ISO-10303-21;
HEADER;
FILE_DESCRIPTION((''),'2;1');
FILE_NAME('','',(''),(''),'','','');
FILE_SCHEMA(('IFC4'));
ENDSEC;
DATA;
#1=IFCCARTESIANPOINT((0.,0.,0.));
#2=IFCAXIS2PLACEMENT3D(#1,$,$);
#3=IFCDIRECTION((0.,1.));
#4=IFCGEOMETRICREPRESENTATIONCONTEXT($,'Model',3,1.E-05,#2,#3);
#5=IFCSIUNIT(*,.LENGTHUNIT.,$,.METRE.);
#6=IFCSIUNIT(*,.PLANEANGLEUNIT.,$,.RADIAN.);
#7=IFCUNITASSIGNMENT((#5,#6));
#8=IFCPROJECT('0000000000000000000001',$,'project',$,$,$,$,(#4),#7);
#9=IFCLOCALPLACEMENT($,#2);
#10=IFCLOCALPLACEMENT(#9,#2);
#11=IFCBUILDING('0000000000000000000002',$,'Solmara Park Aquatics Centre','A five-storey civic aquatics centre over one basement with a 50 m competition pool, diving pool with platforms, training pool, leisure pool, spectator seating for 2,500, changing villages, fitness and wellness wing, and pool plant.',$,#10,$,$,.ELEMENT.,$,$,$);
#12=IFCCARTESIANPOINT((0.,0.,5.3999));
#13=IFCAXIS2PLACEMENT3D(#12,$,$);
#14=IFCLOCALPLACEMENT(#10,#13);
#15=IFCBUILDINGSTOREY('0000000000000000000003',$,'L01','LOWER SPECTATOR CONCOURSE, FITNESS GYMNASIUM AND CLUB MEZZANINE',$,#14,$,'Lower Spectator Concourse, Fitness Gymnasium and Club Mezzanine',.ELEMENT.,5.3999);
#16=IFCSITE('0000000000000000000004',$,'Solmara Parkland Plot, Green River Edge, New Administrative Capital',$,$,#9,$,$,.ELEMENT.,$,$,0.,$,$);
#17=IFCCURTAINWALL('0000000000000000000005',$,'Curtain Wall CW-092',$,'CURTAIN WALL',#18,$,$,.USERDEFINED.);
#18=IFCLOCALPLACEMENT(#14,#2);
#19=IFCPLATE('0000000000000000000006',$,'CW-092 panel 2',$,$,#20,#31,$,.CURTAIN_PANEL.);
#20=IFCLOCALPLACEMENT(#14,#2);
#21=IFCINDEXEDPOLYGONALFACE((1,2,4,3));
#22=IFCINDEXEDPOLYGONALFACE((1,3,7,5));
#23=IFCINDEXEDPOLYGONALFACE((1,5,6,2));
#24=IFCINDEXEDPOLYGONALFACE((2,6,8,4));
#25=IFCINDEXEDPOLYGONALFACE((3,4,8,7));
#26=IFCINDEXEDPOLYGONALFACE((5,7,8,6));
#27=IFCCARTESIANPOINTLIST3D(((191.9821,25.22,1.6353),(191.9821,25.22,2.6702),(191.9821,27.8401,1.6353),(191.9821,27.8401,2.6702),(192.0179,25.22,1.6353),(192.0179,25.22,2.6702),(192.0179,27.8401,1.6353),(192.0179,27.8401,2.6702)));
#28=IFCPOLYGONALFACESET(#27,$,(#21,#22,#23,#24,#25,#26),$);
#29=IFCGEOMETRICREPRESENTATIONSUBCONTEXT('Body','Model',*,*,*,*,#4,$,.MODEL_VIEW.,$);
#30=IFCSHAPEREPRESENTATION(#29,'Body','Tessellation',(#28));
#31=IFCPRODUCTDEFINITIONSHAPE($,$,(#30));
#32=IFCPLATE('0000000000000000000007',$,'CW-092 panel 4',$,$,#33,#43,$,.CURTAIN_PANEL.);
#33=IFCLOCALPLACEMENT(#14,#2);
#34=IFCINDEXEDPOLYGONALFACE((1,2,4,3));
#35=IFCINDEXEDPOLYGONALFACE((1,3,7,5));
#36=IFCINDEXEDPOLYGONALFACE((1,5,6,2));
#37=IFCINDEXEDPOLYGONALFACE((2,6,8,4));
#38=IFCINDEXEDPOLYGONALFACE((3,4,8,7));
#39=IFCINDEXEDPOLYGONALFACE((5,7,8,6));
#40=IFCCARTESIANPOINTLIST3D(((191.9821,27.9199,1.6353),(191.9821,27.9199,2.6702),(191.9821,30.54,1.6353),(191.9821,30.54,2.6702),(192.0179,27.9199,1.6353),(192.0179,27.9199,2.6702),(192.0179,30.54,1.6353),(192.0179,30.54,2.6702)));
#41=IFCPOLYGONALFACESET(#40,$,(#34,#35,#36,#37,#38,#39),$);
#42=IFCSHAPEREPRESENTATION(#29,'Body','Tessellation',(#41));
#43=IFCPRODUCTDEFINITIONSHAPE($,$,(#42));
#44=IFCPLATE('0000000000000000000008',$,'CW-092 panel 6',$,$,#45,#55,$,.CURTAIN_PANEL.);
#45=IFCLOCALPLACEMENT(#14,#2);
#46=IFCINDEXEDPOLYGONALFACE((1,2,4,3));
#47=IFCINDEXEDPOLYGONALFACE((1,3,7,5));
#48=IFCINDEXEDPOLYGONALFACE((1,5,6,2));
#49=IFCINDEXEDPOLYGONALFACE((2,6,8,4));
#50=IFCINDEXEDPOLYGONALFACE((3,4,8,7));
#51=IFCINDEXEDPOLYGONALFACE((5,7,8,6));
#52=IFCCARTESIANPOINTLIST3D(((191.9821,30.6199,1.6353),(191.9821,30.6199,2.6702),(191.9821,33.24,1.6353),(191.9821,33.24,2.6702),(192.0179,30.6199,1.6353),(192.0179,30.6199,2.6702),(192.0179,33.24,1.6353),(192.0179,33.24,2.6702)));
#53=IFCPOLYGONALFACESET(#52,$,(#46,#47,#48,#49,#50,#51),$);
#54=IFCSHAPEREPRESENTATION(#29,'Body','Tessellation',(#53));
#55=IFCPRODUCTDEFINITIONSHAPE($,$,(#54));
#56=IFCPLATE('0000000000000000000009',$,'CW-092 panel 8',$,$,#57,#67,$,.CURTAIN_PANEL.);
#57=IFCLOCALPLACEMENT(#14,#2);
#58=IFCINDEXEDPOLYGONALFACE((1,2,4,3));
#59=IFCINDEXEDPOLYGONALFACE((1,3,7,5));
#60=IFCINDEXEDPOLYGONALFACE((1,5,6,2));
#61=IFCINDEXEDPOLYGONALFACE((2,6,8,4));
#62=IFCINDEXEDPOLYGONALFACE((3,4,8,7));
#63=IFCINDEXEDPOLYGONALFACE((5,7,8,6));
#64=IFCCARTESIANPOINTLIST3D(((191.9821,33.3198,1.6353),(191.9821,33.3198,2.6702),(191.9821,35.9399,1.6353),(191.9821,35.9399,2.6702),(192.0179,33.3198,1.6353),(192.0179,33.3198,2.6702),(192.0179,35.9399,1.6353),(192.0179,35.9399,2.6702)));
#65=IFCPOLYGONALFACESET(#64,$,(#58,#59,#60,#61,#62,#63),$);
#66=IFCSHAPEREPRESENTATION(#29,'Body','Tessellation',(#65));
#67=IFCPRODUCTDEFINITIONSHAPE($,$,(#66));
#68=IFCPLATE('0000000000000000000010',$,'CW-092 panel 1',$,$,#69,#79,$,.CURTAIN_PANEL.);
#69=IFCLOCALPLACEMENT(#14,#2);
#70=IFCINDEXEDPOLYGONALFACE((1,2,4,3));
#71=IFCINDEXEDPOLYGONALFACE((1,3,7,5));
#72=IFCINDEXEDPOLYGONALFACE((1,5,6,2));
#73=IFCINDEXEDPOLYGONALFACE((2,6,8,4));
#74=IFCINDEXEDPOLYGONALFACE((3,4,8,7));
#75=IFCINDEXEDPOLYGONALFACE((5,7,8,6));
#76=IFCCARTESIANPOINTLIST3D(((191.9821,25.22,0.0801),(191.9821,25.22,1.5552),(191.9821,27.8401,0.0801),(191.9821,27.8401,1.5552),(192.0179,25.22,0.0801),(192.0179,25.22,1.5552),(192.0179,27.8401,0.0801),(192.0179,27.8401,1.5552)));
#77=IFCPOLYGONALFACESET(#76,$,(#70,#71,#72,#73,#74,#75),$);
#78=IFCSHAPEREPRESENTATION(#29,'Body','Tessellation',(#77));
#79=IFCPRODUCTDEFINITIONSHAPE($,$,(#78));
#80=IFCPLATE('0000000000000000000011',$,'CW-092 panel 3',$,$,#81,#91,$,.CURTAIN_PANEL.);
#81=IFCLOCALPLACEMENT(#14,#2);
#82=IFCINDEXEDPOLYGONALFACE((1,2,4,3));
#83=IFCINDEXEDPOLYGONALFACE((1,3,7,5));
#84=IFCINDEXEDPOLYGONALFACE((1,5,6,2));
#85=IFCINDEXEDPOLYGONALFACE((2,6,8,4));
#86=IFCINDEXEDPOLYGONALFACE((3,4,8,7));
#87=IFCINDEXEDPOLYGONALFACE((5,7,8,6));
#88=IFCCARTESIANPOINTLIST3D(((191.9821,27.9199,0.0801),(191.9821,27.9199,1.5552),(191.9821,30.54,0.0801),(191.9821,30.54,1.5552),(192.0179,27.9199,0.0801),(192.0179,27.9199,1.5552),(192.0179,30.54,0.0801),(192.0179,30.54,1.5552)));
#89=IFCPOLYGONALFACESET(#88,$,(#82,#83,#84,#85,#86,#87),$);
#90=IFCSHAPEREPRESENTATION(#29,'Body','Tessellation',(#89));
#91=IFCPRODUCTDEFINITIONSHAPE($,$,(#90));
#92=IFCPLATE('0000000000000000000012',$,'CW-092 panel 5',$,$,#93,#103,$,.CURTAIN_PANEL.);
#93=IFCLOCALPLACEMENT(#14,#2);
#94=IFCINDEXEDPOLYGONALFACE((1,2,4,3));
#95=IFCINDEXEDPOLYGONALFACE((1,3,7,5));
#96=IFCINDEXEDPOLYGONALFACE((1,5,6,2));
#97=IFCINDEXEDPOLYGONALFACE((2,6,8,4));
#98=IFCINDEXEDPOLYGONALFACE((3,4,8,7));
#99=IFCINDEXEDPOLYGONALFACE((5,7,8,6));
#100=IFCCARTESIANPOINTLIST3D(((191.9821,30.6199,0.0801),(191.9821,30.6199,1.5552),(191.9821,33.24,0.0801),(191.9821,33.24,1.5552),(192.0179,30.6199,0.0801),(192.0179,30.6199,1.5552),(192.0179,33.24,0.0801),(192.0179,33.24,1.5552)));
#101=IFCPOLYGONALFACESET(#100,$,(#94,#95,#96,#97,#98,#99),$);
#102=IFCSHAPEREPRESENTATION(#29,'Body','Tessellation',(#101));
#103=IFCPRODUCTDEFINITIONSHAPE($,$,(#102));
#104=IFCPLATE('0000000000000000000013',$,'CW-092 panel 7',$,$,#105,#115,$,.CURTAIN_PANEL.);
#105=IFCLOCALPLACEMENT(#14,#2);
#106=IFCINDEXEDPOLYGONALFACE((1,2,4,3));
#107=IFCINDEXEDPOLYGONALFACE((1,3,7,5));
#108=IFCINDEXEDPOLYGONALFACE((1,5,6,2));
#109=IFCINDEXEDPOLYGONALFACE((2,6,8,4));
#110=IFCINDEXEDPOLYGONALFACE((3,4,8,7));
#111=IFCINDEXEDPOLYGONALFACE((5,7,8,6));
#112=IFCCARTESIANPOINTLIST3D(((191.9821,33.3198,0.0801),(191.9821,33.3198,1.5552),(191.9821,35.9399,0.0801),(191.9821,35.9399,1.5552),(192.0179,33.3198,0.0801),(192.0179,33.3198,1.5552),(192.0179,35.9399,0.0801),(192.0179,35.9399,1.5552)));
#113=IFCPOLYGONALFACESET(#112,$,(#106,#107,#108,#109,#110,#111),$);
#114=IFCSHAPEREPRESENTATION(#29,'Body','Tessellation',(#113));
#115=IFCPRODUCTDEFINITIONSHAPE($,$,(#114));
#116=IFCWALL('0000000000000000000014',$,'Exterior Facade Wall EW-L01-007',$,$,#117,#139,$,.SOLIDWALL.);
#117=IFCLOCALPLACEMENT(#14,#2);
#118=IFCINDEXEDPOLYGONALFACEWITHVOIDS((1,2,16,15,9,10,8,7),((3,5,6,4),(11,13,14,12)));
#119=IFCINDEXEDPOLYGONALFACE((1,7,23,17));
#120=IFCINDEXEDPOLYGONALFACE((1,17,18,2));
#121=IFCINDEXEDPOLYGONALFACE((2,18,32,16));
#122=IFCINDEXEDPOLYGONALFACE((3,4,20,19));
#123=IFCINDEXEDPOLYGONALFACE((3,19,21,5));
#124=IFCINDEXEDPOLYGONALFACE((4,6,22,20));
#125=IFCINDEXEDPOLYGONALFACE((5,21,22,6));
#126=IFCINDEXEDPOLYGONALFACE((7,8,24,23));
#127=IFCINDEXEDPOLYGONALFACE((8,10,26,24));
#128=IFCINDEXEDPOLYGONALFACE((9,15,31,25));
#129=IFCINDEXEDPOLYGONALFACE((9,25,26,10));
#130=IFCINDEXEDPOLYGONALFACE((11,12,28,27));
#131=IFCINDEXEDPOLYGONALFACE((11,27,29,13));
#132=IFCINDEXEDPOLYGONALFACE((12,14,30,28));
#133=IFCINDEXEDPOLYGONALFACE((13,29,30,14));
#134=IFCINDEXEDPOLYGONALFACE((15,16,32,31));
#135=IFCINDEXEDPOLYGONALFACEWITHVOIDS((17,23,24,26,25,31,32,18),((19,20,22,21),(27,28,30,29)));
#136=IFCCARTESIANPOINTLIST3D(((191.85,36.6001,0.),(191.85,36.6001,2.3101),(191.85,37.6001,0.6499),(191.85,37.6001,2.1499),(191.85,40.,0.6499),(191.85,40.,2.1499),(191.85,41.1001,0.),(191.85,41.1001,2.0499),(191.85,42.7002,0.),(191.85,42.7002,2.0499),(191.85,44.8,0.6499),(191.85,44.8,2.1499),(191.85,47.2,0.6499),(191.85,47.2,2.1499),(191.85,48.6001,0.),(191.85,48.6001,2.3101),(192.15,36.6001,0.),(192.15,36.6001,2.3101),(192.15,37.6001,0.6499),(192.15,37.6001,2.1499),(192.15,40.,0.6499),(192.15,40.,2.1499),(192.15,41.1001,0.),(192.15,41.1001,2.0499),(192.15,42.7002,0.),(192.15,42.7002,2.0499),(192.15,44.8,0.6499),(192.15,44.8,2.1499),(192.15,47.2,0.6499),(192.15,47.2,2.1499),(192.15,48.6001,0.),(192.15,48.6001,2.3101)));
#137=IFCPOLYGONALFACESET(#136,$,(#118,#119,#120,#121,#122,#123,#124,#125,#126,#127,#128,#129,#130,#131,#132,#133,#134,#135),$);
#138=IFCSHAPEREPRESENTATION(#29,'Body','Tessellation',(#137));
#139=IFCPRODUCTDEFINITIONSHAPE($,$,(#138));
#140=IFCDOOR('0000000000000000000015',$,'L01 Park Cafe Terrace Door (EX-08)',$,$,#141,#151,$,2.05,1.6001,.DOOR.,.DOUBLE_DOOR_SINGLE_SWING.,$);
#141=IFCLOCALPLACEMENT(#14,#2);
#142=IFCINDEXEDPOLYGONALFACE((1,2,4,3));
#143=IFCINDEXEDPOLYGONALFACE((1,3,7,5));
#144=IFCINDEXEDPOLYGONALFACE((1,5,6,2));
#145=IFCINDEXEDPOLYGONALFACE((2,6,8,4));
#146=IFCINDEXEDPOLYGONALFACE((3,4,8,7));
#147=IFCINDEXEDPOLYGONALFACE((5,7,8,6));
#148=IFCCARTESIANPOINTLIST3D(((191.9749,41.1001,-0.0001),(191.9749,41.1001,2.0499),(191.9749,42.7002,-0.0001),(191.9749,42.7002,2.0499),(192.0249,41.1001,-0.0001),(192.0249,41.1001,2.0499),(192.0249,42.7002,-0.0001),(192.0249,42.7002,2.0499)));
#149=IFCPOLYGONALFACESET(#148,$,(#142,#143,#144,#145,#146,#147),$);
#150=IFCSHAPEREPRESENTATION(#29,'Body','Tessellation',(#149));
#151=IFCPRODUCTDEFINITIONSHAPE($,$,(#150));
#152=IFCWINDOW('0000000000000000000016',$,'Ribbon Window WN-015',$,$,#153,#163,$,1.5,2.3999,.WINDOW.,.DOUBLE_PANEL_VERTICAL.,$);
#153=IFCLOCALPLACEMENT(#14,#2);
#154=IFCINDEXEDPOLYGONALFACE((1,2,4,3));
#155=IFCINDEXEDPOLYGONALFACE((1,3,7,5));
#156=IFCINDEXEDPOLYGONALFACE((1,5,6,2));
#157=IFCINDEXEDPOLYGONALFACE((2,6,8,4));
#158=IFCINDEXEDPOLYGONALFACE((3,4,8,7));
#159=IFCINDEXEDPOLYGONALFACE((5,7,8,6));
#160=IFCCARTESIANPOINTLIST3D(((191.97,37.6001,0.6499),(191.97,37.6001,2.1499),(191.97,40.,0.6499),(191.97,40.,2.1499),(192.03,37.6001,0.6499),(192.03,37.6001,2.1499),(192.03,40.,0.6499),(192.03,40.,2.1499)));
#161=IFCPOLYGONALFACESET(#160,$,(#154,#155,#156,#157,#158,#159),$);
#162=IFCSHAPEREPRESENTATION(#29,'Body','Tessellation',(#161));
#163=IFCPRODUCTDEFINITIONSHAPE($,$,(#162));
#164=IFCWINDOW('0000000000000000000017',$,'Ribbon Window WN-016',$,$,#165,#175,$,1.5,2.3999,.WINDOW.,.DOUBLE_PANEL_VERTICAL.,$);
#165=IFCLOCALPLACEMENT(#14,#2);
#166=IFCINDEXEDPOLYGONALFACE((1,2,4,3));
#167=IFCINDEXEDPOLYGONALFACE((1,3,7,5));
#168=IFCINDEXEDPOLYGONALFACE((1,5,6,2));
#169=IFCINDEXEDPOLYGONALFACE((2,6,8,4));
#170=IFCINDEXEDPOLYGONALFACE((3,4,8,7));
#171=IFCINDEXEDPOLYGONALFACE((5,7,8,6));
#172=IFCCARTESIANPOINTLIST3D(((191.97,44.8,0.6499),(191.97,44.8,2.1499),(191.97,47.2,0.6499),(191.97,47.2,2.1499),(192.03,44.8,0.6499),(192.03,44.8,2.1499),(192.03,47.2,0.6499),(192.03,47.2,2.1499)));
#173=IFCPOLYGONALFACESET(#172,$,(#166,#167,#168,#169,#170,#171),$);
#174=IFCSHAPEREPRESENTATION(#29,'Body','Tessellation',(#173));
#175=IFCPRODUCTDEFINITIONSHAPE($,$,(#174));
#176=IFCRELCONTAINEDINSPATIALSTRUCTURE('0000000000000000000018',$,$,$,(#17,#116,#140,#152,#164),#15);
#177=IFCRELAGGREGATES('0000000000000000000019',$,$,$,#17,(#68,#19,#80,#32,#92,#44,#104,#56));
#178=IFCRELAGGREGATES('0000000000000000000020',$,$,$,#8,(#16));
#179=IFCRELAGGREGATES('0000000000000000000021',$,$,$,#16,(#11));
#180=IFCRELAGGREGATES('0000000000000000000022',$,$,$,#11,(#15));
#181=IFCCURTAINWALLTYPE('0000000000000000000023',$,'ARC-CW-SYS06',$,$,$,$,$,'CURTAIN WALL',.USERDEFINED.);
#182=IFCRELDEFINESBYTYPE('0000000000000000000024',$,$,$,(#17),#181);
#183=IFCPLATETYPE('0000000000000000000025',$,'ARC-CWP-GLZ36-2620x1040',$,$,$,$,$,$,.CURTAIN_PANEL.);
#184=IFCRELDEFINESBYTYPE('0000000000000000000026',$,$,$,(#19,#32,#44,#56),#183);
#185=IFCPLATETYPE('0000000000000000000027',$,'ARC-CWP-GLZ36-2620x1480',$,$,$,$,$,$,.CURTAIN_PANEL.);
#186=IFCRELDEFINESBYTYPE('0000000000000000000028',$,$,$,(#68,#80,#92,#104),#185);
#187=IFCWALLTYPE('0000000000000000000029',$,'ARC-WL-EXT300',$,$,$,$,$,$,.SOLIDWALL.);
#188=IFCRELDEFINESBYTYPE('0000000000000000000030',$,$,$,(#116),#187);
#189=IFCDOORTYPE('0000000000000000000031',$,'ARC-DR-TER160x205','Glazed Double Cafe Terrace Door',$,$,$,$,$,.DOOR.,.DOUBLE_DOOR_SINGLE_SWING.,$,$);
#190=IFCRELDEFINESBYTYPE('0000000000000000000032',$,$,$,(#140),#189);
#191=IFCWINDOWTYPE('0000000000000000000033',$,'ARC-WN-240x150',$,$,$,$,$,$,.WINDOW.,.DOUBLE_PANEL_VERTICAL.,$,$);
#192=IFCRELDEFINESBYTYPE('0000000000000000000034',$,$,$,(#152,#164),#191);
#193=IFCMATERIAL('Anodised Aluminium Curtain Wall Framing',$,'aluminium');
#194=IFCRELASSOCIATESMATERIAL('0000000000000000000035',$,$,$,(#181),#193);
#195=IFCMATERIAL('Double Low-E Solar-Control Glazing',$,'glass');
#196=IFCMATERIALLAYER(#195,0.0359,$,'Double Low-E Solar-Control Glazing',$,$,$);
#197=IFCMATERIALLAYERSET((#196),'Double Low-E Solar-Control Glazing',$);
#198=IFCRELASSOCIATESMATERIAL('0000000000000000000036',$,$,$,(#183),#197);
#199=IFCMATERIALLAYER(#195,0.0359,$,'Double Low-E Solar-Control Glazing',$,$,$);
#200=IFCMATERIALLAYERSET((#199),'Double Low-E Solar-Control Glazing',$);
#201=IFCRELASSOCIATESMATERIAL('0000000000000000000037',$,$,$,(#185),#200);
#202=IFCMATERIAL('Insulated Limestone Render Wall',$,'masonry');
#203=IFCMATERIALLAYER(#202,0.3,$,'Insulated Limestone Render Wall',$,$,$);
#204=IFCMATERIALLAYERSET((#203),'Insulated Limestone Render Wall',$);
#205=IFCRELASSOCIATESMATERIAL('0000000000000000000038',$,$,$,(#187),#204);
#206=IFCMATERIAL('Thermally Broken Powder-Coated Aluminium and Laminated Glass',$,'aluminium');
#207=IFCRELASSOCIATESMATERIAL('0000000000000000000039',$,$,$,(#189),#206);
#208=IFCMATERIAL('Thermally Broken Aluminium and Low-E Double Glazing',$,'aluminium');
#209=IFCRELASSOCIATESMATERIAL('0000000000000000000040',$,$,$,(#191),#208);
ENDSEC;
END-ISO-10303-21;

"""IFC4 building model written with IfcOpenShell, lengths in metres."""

from ifc_helpers import new_model, si_unit, direction, frame, frame_2d, origin, origin_2d, place, context, subcontext, project, spatial, rectangle, extrude, material, layer, layer_set, type_object, element, fill, aggregate, save


model = new_model("IFC4")

# Units and contexts
model_context = context("Model", 3, precision=1e-05, world=origin(), true_north=direction((0.0, 1.0)))
body_context = subcontext(model_context, "Body", "Model", "MODEL_VIEW")
ifc_project = project(units=[si_unit("LENGTHUNIT", "METRE"), si_unit("PLANEANGLEUNIT", "RADIAN")], contexts=[model_context])

# Site, building, storey
site_placement = place(None, origin())
site = spatial("IfcSite", under=ifc_project, at=site_placement, Name="Solmara Parkland Plot, Green River Edge, New Administrative Capital", CompositionType="ELEMENT", RefElevation=0.0)
building_placement = place(site_placement, origin())
building = spatial("IfcBuilding", under=site, at=building_placement, Name="Solmara Park Aquatics Centre", Description="A five-storey civic aquatics centre over one basement with a 50 m competition pool, diving pool with platforms, training pool, leisure pool, spectator seating for 2,500, changing villages, fitness and wellness wing, and pool plant.", CompositionType="ELEMENT")
storey_placement = place(building_placement, frame((0.0, 0.0, 5.3999)))
storey = spatial("IfcBuildingStorey", under=building, at=storey_placement, Name="L01", Description="LOWER SPECTATOR CONCOURSE, FITNESS GYMNASIUM AND CLUB MEZZANINE", LongName="Lower Spectator Concourse, Fitness Gymnasium and Club Mezzanine", CompositionType="ELEMENT", Elevation=5.3999)

# Curtain wall
ifc_material_1 = material(Name="Anodised Aluminium Curtain Wall Framing", Category="aluminium")
curtain_wall_type = type_object("IfcCurtainWallType", Name="ARC-CW-SYS06", ElementType="CURTAIN WALL", PredefinedType="USERDEFINED", material=ifc_material_1)
curtain_wall_placement = place(storey_placement, origin())
curtain_wall = element("IfcCurtainWall", 1, at=curtain_wall_placement, inside=storey, type_object=curtain_wall_type, Name="Curtain Wall CW-092", ObjectType="CURTAIN WALL", PredefinedType="USERDEFINED")

# Plates
ifc_material_2 = material(Name="Double Low-E Solar-Control Glazing", Category="glass")
ifc_layer_1 = layer(ifc_material_2, 0.0359, Name="Double Low-E Solar-Control Glazing")
ifc_layer_set_1 = layer_set([ifc_layer_1], Name="Double Low-E Solar-Control Glazing")
plate_type_1 = type_object("IfcPlateType", Name="ARC-CWP-GLZ36-2620x1040", PredefinedType="CURTAIN_PANEL", material=ifc_layer_set_1)
plate_1_placement = place(storey_placement, frame((192.0, 26.53, 1.6353), z_axis=(0.0, 0.0, 1.0), x_axis=(0.0, 1.0, 0.0)))
plate_1 = element("IfcPlate", 2, at=plate_1_placement, type_object=plate_type_1, Name="CW-092 panel 2", PredefinedType="CURTAIN_PANEL", context=body_context, shape_type="SweptSolid", body=[
    extrude(rectangle(XDim=2.6201, YDim=0.0359, at=origin_2d()), origin(), (0.0, 0.0, 1.0), 1.0349),
])
plate_2_placement = place(storey_placement, frame((192.0, 29.23, 1.6353), z_axis=(0.0, 0.0, 1.0), x_axis=(0.0, 1.0, 0.0)))
plate_2 = element("IfcPlate", 3, at=plate_2_placement, type_object=plate_type_1, Name="CW-092 panel 4", PredefinedType="CURTAIN_PANEL", context=body_context, shape_type="SweptSolid", body=[
    extrude(rectangle(XDim=2.6201, YDim=0.0359, at=origin_2d()), origin(), (0.0, 0.0, 1.0), 1.0349),
])
plate_3_placement = place(storey_placement, frame((192.0, 31.9299, 1.6353), z_axis=(0.0, 0.0, 1.0), x_axis=(0.0, 1.0, 0.0)))
plate_3 = element("IfcPlate", 4, at=plate_3_placement, type_object=plate_type_1, Name="CW-092 panel 6", PredefinedType="CURTAIN_PANEL", context=body_context, shape_type="SweptSolid", body=[
    extrude(rectangle(XDim=2.6201, YDim=0.0359, at=origin_2d()), origin(), (0.0, 0.0, 1.0), 1.0349),
])
plate_4_placement = place(storey_placement, frame((192.0, 34.6299, 1.6353), z_axis=(0.0, 0.0, 1.0), x_axis=(0.0, 1.0, 0.0)))
plate_4 = element("IfcPlate", 5, at=plate_4_placement, type_object=plate_type_1, Name="CW-092 panel 8", PredefinedType="CURTAIN_PANEL", context=body_context, shape_type="SweptSolid", body=[
    extrude(rectangle(XDim=2.6201, YDim=0.0359, at=origin_2d()), origin(), (0.0, 0.0, 1.0), 1.0349),
])
ifc_layer_2 = layer(ifc_material_2, 0.0359, Name="Double Low-E Solar-Control Glazing")
ifc_layer_set_2 = layer_set([ifc_layer_2], Name="Double Low-E Solar-Control Glazing")
plate_type_2 = type_object("IfcPlateType", Name="ARC-CWP-GLZ36-2620x1480", PredefinedType="CURTAIN_PANEL", material=ifc_layer_set_2)
plate_5_placement = place(storey_placement, frame((192.0, 26.53, 0.0801), z_axis=(0.0, 0.0, 1.0), x_axis=(0.0, 1.0, 0.0)))
plate_5 = element("IfcPlate", 6, at=plate_5_placement, type_object=plate_type_2, Name="CW-092 panel 1", PredefinedType="CURTAIN_PANEL", context=body_context, shape_type="SweptSolid", body=[
    extrude(rectangle(XDim=2.6201, YDim=0.0359, at=origin_2d()), origin(), (0.0, 0.0, 1.0), 1.4751),
])
plate_6_placement = place(storey_placement, frame((192.0, 29.23, 0.0801), z_axis=(0.0, 0.0, 1.0), x_axis=(0.0, 1.0, 0.0)))
plate_6 = element("IfcPlate", 7, at=plate_6_placement, type_object=plate_type_2, Name="CW-092 panel 3", PredefinedType="CURTAIN_PANEL", context=body_context, shape_type="SweptSolid", body=[
    extrude(rectangle(XDim=2.6201, YDim=0.0359, at=origin_2d()), origin(), (0.0, 0.0, 1.0), 1.4751),
])
plate_7_placement = place(storey_placement, frame((192.0, 31.9299, 0.0801), z_axis=(0.0, 0.0, 1.0), x_axis=(0.0, 1.0, 0.0)))
plate_7 = element("IfcPlate", 8, at=plate_7_placement, type_object=plate_type_2, Name="CW-092 panel 5", PredefinedType="CURTAIN_PANEL", context=body_context, shape_type="SweptSolid", body=[
    extrude(rectangle(XDim=2.6201, YDim=0.0359, at=origin_2d()), origin(), (0.0, 0.0, 1.0), 1.4751),
])
plate_8_placement = place(storey_placement, frame((192.0, 34.6299, 0.0801), z_axis=(0.0, 0.0, 1.0), x_axis=(0.0, 1.0, 0.0)))
plate_8 = element("IfcPlate", 9, at=plate_8_placement, type_object=plate_type_2, Name="CW-092 panel 7", PredefinedType="CURTAIN_PANEL", context=body_context, shape_type="SweptSolid", body=[
    extrude(rectangle(XDim=2.6201, YDim=0.0359, at=origin_2d()), origin(), (0.0, 0.0, 1.0), 1.4751),
])
aggregate(curtain_wall, [plate_5, plate_1, plate_6, plate_2, plate_7, plate_3, plate_8, plate_4])

# Wall, openings, door, windows
ifc_material_3 = material(Name="Insulated Limestone Render Wall", Category="masonry")
ifc_layer_3 = layer(ifc_material_3, 0.3, Name="Insulated Limestone Render Wall")
ifc_layer_set_3 = layer_set([ifc_layer_3], Name="Insulated Limestone Render Wall")
wall_type = type_object("IfcWallType", Name="ARC-WL-EXT300", PredefinedType="SOLIDWALL", material=ifc_layer_set_3)
wall_placement = place(storey_placement, frame((192.0, 36.6001, 0.0), z_axis=(0.0, 0.0, 1.0), x_axis=(0.0, 1.0, 0.0)))
wall = element("IfcWall", 10, at=wall_placement, inside=storey, type_object=wall_type, Name="Exterior Facade Wall EW-L01-007", PredefinedType="SOLIDWALL", context=body_context, shape_type="SweptSolid", body=[
    extrude(rectangle(XDim=12.0, YDim=0.3, at=frame_2d((6.0, 0.0))), origin(), (0.0, 0.0, 1.0), 2.3101),
])
opening_1_placement = place(wall_placement, frame((4.5, 0.0, 0.0)))
opening_1 = element("IfcOpeningElement", 11, at=opening_1_placement, cuts=wall, PredefinedType="OPENING", context=body_context, shape_type="SweptSolid", body=[
    extrude(rectangle(XDim=1.6001, YDim=2.05, at=frame_2d((0.8, 1.0249))), frame((0.0, 0.1599, 0.0), z_axis=(0.0, -1.0, 0.0), x_axis=(1.0, 0.0, 0.0)), (0.0, 0.0, 1.0), 0.3201),
])
opening_2_placement = place(wall_placement, frame((1.0, 0.0, 0.6499)))
opening_2 = element("IfcOpeningElement", 12, at=opening_2_placement, cuts=wall, PredefinedType="OPENING", context=body_context, shape_type="SweptSolid", body=[
    extrude(rectangle(XDim=2.3999, YDim=1.5, at=frame_2d((1.2, 0.75))), frame((0.0, 0.1599, 0.0), z_axis=(0.0, -1.0, 0.0), x_axis=(1.0, 0.0, 0.0)), (0.0, 0.0, 1.0), 0.3201),
])
opening_3_placement = place(wall_placement, frame((8.2, 0.0, 0.6499)))
opening_3 = element("IfcOpeningElement", 13, at=opening_3_placement, cuts=wall, PredefinedType="OPENING", context=body_context, shape_type="SweptSolid", body=[
    extrude(rectangle(XDim=2.3999, YDim=1.5, at=frame_2d((1.2, 0.75))), frame((0.0, 0.1599, 0.0), z_axis=(0.0, -1.0, 0.0), x_axis=(1.0, 0.0, 0.0)), (0.0, 0.0, 1.0), 0.3201),
])
ifc_material_4 = material(Name="Thermally Broken Powder-Coated Aluminium and Laminated Glass", Category="aluminium")
door_type = type_object("IfcDoorType", Name="ARC-DR-TER160x205", Description="Glazed Double Cafe Terrace Door", OperationType="DOUBLE_DOOR_SINGLE_SWING", PredefinedType="DOOR", material=ifc_material_4)
door_placement = place(opening_1_placement, frame((1.6001, 0.0, 0.0), z_axis=(0.0, 0.0, 1.0), x_axis=(-1.0, 0.0, 0.0)))
door = element("IfcDoor", 14, at=door_placement, inside=storey, type_object=door_type, Name="L01 Park Cafe Terrace Door (EX-08)", OperationType="DOUBLE_DOOR_SINGLE_SWING", OverallHeight=2.05, OverallWidth=1.6001, PredefinedType="DOOR", context=body_context, shape_type="SweptSolid", body=[
    extrude(rectangle(XDim=1.6001, YDim=2.05, at=frame_2d((0.8, 1.0249))), frame((0.0, 0.0249, 0.0), z_axis=(0.0, -1.0, 0.0), x_axis=(1.0, 0.0, 0.0)), (0.0, 0.0, 1.0), 0.05),
])
fill(opening_1, door)
ifc_material_5 = material(Name="Thermally Broken Aluminium and Low-E Double Glazing", Category="aluminium")
window_type = type_object("IfcWindowType", Name="ARC-WN-240x150", PartitioningType="DOUBLE_PANEL_VERTICAL", PredefinedType="WINDOW", material=ifc_material_5)
window_1_placement = place(opening_2_placement, frame((2.3999, 0.0, 0.0), z_axis=(0.0, 0.0, 1.0), x_axis=(-1.0, 0.0, 0.0)))
window_1 = element("IfcWindow", 15, at=window_1_placement, inside=storey, type_object=window_type, Name="Ribbon Window WN-015", OverallHeight=1.5, OverallWidth=2.3999, PartitioningType="DOUBLE_PANEL_VERTICAL", PredefinedType="WINDOW", context=body_context, shape_type="SweptSolid", body=[
    extrude(rectangle(XDim=2.3999, YDim=1.5, at=frame_2d((1.2, 0.75))), frame((0.0, 0.03, 0.0), z_axis=(0.0, -1.0, 0.0), x_axis=(1.0, 0.0, 0.0)), (0.0, 0.0, 1.0), 0.0601),
])
fill(opening_2, window_1)
window_2_placement = place(opening_3_placement, frame((2.3999, 0.0, 0.0), z_axis=(0.0, 0.0, 1.0), x_axis=(-1.0, 0.0, 0.0)))
window_2 = element("IfcWindow", 16, at=window_2_placement, inside=storey, type_object=window_type, Name="Ribbon Window WN-016", OverallHeight=1.5, OverallWidth=2.3999, PartitioningType="DOUBLE_PANEL_VERTICAL", PredefinedType="WINDOW", context=body_context, shape_type="SweptSolid", body=[
    extrude(rectangle(XDim=2.3999, YDim=1.5, at=frame_2d((1.2, 0.75))), frame((0.0, 0.03, 0.0), z_axis=(0.0, -1.0, 0.0), x_axis=(1.0, 0.0, 0.0)), (0.0, 0.0, 1.0), 0.0601),
])
fill(opening_3, window_2)

save(model, "model.ifc")
